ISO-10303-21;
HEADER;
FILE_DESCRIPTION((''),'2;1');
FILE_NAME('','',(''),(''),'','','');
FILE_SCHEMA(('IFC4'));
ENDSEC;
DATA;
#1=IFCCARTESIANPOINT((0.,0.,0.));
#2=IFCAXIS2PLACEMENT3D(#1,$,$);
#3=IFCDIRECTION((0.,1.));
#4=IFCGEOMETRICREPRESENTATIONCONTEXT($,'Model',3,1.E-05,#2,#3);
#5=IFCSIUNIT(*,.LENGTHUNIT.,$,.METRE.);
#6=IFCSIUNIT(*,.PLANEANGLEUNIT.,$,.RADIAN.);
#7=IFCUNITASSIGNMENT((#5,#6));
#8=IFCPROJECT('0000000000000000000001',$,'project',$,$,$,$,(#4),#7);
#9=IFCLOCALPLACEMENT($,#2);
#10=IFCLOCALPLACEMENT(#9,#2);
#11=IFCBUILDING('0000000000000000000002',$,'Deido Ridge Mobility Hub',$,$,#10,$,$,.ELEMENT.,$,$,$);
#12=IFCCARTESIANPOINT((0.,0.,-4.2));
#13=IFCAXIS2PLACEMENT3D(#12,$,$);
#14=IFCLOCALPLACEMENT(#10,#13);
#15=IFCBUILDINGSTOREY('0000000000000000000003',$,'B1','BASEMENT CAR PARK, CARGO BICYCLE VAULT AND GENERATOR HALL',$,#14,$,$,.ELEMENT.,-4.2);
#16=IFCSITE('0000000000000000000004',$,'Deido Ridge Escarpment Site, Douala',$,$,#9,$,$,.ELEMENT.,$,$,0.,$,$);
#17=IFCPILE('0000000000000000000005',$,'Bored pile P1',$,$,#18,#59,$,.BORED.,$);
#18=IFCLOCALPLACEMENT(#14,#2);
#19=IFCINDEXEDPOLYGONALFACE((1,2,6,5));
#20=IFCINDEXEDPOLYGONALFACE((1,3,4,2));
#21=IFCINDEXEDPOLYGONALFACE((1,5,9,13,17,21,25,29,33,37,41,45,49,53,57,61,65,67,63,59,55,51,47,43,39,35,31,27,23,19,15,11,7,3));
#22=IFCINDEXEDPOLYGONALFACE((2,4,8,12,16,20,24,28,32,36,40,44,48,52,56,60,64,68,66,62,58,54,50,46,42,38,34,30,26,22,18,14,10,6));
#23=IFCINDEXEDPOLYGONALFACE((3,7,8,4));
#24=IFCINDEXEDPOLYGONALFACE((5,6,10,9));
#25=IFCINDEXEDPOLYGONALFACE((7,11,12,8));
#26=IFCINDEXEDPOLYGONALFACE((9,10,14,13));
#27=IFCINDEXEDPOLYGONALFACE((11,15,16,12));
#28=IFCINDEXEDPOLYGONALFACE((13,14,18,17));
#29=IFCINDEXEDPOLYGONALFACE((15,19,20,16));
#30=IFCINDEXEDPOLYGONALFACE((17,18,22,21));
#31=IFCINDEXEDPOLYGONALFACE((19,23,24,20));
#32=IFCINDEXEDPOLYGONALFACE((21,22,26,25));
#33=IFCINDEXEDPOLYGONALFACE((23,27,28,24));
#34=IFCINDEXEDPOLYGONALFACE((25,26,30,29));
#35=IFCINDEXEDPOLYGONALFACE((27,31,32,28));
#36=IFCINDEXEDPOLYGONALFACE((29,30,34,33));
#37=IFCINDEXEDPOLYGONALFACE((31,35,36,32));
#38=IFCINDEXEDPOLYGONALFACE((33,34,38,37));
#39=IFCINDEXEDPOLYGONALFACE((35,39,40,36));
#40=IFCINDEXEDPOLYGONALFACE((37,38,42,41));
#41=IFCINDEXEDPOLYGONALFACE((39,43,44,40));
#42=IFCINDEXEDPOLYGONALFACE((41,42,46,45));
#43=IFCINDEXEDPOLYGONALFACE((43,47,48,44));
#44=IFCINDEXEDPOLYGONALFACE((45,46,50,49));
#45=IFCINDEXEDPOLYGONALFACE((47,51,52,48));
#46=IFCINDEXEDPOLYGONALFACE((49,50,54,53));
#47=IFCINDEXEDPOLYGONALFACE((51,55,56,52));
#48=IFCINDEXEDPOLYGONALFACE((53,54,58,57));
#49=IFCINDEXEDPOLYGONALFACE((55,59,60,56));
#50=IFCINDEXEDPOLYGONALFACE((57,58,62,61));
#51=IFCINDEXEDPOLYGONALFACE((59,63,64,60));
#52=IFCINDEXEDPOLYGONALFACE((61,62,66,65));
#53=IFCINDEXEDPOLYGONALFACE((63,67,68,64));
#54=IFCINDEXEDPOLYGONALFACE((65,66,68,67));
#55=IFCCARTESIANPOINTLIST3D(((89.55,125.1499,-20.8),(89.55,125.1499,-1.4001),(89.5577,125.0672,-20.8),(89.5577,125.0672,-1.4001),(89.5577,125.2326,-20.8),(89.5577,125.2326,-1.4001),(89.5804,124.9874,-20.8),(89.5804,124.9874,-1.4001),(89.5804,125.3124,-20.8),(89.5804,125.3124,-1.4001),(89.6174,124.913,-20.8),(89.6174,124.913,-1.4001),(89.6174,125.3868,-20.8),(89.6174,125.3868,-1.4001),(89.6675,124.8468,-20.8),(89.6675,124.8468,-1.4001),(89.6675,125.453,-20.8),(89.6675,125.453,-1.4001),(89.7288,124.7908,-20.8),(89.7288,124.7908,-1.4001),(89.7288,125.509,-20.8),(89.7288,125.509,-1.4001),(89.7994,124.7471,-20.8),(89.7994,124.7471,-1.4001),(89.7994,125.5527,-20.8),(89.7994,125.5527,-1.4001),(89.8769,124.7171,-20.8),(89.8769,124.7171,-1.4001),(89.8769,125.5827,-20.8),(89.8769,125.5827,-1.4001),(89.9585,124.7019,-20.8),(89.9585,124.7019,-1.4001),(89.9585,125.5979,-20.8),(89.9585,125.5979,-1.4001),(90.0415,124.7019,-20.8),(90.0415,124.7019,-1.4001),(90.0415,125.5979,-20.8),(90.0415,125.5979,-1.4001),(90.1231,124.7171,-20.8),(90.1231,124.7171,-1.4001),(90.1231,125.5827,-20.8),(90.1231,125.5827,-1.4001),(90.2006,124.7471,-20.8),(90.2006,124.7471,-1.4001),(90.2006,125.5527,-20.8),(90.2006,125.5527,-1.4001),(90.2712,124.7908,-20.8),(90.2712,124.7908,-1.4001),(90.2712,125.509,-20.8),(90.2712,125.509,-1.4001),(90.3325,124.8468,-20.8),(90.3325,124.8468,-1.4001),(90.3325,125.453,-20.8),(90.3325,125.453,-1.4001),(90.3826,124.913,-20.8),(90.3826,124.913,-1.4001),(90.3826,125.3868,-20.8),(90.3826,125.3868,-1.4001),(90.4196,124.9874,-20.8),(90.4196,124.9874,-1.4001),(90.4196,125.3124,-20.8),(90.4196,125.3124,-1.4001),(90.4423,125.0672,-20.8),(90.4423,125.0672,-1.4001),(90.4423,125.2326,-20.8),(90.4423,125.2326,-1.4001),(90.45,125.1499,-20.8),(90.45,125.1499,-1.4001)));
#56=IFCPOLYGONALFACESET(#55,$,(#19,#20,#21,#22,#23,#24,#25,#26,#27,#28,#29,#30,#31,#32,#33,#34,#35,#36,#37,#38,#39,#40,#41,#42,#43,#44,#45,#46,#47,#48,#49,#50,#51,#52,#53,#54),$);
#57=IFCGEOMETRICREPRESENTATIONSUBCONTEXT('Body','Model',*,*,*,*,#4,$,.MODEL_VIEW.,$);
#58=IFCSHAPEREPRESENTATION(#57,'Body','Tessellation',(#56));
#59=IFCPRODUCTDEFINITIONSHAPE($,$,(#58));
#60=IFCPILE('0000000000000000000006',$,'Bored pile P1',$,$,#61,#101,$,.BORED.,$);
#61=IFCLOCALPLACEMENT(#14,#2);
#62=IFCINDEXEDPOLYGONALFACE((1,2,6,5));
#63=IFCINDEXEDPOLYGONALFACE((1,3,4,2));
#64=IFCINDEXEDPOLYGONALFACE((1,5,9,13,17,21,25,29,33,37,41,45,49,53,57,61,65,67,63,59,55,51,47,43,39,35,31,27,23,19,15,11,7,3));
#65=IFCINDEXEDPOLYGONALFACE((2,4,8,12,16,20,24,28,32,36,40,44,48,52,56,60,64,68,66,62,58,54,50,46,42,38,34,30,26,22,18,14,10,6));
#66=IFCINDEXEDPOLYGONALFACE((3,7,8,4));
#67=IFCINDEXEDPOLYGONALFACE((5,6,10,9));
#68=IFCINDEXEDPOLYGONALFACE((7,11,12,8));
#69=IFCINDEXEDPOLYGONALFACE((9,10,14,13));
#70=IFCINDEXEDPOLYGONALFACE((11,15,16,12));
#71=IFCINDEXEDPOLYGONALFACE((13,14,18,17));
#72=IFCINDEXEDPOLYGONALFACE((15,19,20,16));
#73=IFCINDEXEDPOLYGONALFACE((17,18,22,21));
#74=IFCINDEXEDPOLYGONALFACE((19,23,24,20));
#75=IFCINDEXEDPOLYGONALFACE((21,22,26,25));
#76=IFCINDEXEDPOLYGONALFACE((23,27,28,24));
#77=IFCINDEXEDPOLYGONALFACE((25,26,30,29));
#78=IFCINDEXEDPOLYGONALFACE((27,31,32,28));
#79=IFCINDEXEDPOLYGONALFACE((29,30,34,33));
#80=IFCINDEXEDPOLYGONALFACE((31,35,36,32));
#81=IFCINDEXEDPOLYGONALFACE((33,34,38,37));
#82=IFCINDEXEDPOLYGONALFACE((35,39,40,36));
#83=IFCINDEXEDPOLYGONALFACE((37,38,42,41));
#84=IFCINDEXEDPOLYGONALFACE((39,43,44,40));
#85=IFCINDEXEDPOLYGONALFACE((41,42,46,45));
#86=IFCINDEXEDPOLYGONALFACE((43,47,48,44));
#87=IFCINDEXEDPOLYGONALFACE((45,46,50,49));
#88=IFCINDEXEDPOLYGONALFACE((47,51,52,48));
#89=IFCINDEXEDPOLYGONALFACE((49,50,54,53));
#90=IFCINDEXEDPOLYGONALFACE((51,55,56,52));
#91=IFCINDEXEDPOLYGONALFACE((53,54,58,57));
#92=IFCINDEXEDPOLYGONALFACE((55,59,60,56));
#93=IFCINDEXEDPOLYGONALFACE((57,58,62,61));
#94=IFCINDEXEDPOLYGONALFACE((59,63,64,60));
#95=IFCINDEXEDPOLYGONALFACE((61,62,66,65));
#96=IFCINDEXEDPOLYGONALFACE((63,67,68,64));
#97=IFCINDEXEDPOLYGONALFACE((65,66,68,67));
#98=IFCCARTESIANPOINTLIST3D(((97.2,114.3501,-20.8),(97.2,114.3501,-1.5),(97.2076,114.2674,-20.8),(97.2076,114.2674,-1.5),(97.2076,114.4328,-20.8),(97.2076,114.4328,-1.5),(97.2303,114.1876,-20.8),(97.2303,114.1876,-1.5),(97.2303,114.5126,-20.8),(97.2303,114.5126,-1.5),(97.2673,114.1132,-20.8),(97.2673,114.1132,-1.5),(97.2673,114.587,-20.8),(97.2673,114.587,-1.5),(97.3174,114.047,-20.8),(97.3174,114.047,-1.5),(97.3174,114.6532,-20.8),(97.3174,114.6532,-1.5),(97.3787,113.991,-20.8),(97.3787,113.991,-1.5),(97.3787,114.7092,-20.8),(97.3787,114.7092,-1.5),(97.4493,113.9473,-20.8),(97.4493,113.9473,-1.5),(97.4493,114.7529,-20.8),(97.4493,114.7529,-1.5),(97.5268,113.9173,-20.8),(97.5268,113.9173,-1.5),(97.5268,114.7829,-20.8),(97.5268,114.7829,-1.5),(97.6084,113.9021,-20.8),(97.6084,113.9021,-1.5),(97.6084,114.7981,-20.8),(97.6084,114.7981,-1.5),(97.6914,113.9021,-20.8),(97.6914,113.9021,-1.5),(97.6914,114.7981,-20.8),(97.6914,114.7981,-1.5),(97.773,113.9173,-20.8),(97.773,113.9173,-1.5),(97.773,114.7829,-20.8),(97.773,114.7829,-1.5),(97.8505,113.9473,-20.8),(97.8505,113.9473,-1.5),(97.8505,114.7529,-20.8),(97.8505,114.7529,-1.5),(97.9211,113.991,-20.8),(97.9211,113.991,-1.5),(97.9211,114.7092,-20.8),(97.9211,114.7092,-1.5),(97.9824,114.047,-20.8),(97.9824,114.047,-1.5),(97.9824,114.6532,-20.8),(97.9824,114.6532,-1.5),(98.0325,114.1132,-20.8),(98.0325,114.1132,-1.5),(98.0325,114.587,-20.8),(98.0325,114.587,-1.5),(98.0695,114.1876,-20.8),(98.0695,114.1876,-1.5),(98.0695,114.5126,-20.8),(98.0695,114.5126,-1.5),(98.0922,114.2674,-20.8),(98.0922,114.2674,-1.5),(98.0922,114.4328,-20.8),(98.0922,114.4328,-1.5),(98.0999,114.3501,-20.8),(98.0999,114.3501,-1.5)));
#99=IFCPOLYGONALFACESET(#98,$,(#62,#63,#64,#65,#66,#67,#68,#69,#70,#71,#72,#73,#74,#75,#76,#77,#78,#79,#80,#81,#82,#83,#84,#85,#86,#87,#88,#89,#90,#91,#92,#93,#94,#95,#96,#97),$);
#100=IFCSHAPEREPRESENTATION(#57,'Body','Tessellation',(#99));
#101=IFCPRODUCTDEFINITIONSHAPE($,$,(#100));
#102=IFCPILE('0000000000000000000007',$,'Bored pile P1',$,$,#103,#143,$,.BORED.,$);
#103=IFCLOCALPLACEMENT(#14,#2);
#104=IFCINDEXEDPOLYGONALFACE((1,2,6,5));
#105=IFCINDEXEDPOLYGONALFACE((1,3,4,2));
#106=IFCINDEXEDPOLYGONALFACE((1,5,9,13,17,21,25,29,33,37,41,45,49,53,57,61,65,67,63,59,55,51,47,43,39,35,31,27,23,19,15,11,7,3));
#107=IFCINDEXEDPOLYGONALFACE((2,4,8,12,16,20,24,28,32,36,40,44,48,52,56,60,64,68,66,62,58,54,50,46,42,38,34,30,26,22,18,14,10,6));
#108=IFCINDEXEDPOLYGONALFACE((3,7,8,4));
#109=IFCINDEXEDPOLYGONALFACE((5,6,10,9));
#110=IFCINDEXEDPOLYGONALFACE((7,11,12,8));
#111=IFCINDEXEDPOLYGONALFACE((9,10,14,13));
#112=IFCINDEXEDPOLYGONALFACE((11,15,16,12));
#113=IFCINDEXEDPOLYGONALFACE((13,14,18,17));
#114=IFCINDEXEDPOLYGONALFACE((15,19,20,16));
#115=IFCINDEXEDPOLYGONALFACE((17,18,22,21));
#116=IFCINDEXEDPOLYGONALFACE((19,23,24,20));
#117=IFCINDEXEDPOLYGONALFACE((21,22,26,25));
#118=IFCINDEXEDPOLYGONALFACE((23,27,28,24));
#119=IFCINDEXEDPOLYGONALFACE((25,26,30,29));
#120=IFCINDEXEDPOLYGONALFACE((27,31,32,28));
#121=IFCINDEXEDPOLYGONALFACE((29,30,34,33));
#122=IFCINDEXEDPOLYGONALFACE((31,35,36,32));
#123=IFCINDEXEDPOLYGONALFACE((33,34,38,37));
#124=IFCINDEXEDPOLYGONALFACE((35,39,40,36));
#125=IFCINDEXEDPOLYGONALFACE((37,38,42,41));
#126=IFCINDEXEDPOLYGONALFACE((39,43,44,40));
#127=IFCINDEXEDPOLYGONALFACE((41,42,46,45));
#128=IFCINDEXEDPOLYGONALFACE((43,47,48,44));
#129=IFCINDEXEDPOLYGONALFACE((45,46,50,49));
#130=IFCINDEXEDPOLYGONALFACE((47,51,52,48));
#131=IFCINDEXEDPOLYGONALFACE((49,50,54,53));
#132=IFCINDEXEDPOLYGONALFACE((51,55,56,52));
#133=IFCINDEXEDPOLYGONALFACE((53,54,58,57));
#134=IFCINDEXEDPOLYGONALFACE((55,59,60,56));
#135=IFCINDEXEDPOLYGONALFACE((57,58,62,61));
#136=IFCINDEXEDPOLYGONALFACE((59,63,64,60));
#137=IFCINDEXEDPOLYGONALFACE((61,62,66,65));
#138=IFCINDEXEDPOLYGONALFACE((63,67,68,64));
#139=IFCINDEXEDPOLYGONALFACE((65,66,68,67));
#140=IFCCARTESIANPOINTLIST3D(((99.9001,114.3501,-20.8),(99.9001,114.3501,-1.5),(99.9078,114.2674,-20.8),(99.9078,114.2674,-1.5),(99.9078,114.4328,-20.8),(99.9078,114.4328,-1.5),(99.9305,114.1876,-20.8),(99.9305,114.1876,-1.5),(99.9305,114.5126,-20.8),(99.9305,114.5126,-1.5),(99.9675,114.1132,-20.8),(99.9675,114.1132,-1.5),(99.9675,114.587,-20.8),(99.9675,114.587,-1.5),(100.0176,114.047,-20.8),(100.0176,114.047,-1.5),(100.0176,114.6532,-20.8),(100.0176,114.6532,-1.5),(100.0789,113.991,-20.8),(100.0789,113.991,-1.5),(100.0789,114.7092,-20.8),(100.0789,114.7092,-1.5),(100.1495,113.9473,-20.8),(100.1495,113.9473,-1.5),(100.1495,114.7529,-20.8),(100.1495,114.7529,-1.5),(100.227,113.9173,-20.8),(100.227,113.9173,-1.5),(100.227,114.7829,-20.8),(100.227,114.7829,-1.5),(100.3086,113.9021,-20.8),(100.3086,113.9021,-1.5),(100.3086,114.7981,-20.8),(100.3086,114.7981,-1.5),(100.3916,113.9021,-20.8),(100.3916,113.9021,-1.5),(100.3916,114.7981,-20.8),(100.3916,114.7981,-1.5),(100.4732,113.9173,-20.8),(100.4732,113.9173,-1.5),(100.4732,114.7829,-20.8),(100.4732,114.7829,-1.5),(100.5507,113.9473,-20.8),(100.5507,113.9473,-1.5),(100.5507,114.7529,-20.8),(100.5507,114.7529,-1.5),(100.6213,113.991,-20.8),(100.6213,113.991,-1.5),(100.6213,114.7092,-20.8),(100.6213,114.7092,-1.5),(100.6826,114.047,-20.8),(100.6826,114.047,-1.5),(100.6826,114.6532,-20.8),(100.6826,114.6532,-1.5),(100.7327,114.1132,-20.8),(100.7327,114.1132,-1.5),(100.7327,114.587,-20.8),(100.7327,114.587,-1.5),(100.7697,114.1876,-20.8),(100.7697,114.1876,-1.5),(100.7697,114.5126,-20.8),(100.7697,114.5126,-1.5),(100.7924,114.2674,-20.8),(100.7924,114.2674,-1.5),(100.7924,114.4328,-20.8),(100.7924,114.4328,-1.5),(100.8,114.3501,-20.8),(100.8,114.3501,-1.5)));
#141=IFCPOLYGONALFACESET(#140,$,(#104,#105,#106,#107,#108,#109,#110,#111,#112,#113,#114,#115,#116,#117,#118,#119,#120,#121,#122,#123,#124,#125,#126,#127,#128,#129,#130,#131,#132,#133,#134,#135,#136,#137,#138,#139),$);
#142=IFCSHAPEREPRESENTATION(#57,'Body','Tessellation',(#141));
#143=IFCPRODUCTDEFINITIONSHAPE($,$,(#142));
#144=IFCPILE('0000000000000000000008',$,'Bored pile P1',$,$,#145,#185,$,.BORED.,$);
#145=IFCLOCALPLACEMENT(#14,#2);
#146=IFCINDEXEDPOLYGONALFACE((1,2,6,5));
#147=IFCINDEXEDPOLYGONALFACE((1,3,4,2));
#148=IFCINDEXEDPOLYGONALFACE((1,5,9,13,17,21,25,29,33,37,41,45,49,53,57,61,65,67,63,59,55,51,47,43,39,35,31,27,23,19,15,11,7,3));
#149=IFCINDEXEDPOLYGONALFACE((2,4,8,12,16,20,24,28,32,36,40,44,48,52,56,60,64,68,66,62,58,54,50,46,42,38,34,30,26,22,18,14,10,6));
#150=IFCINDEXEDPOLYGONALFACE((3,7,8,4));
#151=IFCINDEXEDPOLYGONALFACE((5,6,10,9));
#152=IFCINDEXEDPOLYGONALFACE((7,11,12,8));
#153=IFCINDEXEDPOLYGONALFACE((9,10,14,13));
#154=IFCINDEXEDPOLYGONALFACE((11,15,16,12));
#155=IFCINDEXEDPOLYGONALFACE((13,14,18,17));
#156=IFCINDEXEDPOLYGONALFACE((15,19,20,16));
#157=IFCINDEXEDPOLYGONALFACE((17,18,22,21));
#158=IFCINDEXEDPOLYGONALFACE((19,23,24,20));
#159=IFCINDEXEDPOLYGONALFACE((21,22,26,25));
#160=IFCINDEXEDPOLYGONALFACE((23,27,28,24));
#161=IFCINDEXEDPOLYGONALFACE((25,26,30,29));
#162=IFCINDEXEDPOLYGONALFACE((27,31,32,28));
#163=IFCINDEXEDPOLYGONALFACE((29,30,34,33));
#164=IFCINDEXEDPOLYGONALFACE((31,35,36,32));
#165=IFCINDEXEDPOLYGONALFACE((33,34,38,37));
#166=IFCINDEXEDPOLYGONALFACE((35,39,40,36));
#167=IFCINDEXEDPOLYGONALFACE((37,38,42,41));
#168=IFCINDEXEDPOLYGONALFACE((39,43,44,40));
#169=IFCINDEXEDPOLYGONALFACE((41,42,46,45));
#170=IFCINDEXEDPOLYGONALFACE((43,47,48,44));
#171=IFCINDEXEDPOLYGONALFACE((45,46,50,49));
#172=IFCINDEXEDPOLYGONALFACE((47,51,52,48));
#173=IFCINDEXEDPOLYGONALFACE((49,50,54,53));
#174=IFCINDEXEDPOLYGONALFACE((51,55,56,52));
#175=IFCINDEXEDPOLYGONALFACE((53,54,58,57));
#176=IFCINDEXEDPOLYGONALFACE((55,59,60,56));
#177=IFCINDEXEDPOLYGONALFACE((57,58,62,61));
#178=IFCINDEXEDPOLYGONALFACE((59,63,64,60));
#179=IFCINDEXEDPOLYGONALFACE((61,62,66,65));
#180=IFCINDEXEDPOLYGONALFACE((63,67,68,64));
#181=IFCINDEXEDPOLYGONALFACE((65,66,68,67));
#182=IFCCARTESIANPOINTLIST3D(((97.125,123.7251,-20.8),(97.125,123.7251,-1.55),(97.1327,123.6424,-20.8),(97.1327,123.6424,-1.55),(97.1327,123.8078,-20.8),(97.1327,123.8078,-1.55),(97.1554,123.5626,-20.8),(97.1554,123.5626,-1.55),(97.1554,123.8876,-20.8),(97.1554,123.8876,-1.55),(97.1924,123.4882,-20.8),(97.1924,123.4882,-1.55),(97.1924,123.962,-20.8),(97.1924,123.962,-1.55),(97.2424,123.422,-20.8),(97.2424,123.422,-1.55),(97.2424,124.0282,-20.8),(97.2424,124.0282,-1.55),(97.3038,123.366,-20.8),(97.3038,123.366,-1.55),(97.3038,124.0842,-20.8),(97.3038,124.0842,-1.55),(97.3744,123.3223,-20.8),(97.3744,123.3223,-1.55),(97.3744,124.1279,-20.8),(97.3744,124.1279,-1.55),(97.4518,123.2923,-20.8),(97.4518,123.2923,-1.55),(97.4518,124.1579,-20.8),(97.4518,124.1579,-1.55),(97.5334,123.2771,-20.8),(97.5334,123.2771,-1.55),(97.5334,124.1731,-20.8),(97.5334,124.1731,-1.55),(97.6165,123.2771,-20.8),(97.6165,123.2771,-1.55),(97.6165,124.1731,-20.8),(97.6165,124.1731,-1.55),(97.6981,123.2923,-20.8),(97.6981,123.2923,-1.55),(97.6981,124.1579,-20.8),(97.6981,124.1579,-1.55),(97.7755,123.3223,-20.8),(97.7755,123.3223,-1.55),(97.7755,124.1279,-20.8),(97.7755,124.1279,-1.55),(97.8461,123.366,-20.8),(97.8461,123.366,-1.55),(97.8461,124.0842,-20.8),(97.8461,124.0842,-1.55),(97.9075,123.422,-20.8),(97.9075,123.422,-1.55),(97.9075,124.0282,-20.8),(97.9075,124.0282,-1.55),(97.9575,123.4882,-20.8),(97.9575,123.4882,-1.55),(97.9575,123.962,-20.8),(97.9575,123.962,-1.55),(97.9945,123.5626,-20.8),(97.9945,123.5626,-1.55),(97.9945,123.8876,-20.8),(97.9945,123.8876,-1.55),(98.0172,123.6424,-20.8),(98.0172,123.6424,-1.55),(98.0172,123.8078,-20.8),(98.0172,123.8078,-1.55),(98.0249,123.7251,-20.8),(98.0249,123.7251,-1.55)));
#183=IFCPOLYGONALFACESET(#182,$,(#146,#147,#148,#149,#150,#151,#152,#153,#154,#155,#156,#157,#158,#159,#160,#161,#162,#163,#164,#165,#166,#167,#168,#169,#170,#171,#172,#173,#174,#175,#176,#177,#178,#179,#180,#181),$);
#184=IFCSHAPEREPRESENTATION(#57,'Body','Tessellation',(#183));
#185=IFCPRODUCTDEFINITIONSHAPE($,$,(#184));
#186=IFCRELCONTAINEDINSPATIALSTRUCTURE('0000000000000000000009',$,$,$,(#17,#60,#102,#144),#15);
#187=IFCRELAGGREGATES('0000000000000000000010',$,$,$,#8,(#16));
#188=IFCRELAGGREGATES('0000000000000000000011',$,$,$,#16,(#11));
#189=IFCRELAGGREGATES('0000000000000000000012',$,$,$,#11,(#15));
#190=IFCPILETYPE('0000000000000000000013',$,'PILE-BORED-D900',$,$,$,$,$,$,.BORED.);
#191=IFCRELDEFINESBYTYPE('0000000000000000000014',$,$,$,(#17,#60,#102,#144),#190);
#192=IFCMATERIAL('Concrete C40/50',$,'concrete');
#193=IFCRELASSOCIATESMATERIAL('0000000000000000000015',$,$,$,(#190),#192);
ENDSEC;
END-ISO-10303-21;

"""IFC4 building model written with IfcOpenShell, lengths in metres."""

from ifc_helpers import new_model, si_unit, direction, frame, origin, origin_2d, place, context, subcontext, project, spatial, circle, extrude, material, material_profile, profile_set, type_object, element, save


model = new_model("IFC4")

# Units and contexts
model_context = context("Model", 3, precision=1e-05, world=origin(), true_north=direction((0.0, 1.0)))
body_context = subcontext(model_context, "Body", "Model", "MODEL_VIEW")
ifc_project = project(units=[si_unit("LENGTHUNIT", "METRE"), si_unit("PLANEANGLEUNIT", "RADIAN")], contexts=[model_context])

# Site, building, storey
site_placement = place(None, origin())
site = spatial("IfcSite", under=ifc_project, at=site_placement, Name="Deido Ridge Escarpment Site, Douala", CompositionType="ELEMENT", RefElevation=0.0)
building_placement = place(site_placement, origin())
building = spatial("IfcBuilding", under=site, at=building_placement, Name="Deido Ridge Mobility Hub", CompositionType="ELEMENT")
storey_placement = place(building_placement, frame((0.0, 0.0, -4.2)))
storey = spatial("IfcBuildingStorey", under=building, at=storey_placement, Name="B1", Description="BASEMENT CAR PARK, CARGO BICYCLE VAULT AND GENERATOR HALL", CompositionType="ELEMENT", Elevation=-4.2)

# Shared definitions
ifc_material_1 = material(Name="Concrete C40/50", Category="concrete")

# Piles
ifc_material_profile_1 = material_profile(ifc_material_1, circle(Radius=0.45, at=origin_2d()), Name="BORED PILE D900")
ifc_profile_set_1 = profile_set([ifc_material_profile_1], Name="Concrete C40/50")
pile_type_1 = type_object("IfcPileType", Name="PILE-BORED-D900", PredefinedType="BORED", material=ifc_profile_set_1)
pile_placement = place(storey_placement, frame((90.0, 125.1499, -1.4001), z_axis=(0.0, 0.0, -1.0), x_axis=(1.0, 0.0, 0.0)))
element("IfcPile", 1, at=pile_placement, inside=storey, type_object=pile_type_1, Name="Bored pile P1", PredefinedType="BORED", context=body_context, shape_type="SweptSolid", body=[
    extrude(circle(Radius=0.45, at=origin_2d()), origin(), (0.0, 0.0, 1.0), 19.3999),
])
for number, where, z_axis, x_axis, name in (
    (2, (97.6499, 114.3501, -1.5), (0.0, 0.0, -1.0), (1.0, 0.0, 0.0), "Bored pile P1"),
    (3, (100.3501, 114.3501, -1.5), (0.0, 0.0, -1.0), (1.0, 0.0, 0.0), "Bored pile P1"),
):
    element("IfcPile", number, at=place(storey_placement, frame(where, z_axis=z_axis, x_axis=x_axis)), inside=storey, type_object=pile_type_1, Name=name, PredefinedType="BORED", context=body_context, shape_type="SweptSolid", body=[
        extrude(circle(Radius=0.45, at=origin_2d()), origin(), (0.0, 0.0, 1.0), 19.3),
    ])
for number, where, z_axis, x_axis, name in (
    (4, (97.575, 123.7251, -1.55), (0.0, 0.0, -1.0), (1.0, 0.0, 0.0), "Bored pile P1"),
):
    element("IfcPile", number, at=place(storey_placement, frame(where, z_axis=z_axis, x_axis=x_axis)), inside=storey, type_object=pile_type_1, Name=name, PredefinedType="BORED", context=body_context, shape_type="SweptSolid", body=[
        extrude(circle(Radius=0.45, at=origin_2d()), origin(), (0.0, 0.0, 1.0), 19.25),
    ])

save(model, "model.ifc")
